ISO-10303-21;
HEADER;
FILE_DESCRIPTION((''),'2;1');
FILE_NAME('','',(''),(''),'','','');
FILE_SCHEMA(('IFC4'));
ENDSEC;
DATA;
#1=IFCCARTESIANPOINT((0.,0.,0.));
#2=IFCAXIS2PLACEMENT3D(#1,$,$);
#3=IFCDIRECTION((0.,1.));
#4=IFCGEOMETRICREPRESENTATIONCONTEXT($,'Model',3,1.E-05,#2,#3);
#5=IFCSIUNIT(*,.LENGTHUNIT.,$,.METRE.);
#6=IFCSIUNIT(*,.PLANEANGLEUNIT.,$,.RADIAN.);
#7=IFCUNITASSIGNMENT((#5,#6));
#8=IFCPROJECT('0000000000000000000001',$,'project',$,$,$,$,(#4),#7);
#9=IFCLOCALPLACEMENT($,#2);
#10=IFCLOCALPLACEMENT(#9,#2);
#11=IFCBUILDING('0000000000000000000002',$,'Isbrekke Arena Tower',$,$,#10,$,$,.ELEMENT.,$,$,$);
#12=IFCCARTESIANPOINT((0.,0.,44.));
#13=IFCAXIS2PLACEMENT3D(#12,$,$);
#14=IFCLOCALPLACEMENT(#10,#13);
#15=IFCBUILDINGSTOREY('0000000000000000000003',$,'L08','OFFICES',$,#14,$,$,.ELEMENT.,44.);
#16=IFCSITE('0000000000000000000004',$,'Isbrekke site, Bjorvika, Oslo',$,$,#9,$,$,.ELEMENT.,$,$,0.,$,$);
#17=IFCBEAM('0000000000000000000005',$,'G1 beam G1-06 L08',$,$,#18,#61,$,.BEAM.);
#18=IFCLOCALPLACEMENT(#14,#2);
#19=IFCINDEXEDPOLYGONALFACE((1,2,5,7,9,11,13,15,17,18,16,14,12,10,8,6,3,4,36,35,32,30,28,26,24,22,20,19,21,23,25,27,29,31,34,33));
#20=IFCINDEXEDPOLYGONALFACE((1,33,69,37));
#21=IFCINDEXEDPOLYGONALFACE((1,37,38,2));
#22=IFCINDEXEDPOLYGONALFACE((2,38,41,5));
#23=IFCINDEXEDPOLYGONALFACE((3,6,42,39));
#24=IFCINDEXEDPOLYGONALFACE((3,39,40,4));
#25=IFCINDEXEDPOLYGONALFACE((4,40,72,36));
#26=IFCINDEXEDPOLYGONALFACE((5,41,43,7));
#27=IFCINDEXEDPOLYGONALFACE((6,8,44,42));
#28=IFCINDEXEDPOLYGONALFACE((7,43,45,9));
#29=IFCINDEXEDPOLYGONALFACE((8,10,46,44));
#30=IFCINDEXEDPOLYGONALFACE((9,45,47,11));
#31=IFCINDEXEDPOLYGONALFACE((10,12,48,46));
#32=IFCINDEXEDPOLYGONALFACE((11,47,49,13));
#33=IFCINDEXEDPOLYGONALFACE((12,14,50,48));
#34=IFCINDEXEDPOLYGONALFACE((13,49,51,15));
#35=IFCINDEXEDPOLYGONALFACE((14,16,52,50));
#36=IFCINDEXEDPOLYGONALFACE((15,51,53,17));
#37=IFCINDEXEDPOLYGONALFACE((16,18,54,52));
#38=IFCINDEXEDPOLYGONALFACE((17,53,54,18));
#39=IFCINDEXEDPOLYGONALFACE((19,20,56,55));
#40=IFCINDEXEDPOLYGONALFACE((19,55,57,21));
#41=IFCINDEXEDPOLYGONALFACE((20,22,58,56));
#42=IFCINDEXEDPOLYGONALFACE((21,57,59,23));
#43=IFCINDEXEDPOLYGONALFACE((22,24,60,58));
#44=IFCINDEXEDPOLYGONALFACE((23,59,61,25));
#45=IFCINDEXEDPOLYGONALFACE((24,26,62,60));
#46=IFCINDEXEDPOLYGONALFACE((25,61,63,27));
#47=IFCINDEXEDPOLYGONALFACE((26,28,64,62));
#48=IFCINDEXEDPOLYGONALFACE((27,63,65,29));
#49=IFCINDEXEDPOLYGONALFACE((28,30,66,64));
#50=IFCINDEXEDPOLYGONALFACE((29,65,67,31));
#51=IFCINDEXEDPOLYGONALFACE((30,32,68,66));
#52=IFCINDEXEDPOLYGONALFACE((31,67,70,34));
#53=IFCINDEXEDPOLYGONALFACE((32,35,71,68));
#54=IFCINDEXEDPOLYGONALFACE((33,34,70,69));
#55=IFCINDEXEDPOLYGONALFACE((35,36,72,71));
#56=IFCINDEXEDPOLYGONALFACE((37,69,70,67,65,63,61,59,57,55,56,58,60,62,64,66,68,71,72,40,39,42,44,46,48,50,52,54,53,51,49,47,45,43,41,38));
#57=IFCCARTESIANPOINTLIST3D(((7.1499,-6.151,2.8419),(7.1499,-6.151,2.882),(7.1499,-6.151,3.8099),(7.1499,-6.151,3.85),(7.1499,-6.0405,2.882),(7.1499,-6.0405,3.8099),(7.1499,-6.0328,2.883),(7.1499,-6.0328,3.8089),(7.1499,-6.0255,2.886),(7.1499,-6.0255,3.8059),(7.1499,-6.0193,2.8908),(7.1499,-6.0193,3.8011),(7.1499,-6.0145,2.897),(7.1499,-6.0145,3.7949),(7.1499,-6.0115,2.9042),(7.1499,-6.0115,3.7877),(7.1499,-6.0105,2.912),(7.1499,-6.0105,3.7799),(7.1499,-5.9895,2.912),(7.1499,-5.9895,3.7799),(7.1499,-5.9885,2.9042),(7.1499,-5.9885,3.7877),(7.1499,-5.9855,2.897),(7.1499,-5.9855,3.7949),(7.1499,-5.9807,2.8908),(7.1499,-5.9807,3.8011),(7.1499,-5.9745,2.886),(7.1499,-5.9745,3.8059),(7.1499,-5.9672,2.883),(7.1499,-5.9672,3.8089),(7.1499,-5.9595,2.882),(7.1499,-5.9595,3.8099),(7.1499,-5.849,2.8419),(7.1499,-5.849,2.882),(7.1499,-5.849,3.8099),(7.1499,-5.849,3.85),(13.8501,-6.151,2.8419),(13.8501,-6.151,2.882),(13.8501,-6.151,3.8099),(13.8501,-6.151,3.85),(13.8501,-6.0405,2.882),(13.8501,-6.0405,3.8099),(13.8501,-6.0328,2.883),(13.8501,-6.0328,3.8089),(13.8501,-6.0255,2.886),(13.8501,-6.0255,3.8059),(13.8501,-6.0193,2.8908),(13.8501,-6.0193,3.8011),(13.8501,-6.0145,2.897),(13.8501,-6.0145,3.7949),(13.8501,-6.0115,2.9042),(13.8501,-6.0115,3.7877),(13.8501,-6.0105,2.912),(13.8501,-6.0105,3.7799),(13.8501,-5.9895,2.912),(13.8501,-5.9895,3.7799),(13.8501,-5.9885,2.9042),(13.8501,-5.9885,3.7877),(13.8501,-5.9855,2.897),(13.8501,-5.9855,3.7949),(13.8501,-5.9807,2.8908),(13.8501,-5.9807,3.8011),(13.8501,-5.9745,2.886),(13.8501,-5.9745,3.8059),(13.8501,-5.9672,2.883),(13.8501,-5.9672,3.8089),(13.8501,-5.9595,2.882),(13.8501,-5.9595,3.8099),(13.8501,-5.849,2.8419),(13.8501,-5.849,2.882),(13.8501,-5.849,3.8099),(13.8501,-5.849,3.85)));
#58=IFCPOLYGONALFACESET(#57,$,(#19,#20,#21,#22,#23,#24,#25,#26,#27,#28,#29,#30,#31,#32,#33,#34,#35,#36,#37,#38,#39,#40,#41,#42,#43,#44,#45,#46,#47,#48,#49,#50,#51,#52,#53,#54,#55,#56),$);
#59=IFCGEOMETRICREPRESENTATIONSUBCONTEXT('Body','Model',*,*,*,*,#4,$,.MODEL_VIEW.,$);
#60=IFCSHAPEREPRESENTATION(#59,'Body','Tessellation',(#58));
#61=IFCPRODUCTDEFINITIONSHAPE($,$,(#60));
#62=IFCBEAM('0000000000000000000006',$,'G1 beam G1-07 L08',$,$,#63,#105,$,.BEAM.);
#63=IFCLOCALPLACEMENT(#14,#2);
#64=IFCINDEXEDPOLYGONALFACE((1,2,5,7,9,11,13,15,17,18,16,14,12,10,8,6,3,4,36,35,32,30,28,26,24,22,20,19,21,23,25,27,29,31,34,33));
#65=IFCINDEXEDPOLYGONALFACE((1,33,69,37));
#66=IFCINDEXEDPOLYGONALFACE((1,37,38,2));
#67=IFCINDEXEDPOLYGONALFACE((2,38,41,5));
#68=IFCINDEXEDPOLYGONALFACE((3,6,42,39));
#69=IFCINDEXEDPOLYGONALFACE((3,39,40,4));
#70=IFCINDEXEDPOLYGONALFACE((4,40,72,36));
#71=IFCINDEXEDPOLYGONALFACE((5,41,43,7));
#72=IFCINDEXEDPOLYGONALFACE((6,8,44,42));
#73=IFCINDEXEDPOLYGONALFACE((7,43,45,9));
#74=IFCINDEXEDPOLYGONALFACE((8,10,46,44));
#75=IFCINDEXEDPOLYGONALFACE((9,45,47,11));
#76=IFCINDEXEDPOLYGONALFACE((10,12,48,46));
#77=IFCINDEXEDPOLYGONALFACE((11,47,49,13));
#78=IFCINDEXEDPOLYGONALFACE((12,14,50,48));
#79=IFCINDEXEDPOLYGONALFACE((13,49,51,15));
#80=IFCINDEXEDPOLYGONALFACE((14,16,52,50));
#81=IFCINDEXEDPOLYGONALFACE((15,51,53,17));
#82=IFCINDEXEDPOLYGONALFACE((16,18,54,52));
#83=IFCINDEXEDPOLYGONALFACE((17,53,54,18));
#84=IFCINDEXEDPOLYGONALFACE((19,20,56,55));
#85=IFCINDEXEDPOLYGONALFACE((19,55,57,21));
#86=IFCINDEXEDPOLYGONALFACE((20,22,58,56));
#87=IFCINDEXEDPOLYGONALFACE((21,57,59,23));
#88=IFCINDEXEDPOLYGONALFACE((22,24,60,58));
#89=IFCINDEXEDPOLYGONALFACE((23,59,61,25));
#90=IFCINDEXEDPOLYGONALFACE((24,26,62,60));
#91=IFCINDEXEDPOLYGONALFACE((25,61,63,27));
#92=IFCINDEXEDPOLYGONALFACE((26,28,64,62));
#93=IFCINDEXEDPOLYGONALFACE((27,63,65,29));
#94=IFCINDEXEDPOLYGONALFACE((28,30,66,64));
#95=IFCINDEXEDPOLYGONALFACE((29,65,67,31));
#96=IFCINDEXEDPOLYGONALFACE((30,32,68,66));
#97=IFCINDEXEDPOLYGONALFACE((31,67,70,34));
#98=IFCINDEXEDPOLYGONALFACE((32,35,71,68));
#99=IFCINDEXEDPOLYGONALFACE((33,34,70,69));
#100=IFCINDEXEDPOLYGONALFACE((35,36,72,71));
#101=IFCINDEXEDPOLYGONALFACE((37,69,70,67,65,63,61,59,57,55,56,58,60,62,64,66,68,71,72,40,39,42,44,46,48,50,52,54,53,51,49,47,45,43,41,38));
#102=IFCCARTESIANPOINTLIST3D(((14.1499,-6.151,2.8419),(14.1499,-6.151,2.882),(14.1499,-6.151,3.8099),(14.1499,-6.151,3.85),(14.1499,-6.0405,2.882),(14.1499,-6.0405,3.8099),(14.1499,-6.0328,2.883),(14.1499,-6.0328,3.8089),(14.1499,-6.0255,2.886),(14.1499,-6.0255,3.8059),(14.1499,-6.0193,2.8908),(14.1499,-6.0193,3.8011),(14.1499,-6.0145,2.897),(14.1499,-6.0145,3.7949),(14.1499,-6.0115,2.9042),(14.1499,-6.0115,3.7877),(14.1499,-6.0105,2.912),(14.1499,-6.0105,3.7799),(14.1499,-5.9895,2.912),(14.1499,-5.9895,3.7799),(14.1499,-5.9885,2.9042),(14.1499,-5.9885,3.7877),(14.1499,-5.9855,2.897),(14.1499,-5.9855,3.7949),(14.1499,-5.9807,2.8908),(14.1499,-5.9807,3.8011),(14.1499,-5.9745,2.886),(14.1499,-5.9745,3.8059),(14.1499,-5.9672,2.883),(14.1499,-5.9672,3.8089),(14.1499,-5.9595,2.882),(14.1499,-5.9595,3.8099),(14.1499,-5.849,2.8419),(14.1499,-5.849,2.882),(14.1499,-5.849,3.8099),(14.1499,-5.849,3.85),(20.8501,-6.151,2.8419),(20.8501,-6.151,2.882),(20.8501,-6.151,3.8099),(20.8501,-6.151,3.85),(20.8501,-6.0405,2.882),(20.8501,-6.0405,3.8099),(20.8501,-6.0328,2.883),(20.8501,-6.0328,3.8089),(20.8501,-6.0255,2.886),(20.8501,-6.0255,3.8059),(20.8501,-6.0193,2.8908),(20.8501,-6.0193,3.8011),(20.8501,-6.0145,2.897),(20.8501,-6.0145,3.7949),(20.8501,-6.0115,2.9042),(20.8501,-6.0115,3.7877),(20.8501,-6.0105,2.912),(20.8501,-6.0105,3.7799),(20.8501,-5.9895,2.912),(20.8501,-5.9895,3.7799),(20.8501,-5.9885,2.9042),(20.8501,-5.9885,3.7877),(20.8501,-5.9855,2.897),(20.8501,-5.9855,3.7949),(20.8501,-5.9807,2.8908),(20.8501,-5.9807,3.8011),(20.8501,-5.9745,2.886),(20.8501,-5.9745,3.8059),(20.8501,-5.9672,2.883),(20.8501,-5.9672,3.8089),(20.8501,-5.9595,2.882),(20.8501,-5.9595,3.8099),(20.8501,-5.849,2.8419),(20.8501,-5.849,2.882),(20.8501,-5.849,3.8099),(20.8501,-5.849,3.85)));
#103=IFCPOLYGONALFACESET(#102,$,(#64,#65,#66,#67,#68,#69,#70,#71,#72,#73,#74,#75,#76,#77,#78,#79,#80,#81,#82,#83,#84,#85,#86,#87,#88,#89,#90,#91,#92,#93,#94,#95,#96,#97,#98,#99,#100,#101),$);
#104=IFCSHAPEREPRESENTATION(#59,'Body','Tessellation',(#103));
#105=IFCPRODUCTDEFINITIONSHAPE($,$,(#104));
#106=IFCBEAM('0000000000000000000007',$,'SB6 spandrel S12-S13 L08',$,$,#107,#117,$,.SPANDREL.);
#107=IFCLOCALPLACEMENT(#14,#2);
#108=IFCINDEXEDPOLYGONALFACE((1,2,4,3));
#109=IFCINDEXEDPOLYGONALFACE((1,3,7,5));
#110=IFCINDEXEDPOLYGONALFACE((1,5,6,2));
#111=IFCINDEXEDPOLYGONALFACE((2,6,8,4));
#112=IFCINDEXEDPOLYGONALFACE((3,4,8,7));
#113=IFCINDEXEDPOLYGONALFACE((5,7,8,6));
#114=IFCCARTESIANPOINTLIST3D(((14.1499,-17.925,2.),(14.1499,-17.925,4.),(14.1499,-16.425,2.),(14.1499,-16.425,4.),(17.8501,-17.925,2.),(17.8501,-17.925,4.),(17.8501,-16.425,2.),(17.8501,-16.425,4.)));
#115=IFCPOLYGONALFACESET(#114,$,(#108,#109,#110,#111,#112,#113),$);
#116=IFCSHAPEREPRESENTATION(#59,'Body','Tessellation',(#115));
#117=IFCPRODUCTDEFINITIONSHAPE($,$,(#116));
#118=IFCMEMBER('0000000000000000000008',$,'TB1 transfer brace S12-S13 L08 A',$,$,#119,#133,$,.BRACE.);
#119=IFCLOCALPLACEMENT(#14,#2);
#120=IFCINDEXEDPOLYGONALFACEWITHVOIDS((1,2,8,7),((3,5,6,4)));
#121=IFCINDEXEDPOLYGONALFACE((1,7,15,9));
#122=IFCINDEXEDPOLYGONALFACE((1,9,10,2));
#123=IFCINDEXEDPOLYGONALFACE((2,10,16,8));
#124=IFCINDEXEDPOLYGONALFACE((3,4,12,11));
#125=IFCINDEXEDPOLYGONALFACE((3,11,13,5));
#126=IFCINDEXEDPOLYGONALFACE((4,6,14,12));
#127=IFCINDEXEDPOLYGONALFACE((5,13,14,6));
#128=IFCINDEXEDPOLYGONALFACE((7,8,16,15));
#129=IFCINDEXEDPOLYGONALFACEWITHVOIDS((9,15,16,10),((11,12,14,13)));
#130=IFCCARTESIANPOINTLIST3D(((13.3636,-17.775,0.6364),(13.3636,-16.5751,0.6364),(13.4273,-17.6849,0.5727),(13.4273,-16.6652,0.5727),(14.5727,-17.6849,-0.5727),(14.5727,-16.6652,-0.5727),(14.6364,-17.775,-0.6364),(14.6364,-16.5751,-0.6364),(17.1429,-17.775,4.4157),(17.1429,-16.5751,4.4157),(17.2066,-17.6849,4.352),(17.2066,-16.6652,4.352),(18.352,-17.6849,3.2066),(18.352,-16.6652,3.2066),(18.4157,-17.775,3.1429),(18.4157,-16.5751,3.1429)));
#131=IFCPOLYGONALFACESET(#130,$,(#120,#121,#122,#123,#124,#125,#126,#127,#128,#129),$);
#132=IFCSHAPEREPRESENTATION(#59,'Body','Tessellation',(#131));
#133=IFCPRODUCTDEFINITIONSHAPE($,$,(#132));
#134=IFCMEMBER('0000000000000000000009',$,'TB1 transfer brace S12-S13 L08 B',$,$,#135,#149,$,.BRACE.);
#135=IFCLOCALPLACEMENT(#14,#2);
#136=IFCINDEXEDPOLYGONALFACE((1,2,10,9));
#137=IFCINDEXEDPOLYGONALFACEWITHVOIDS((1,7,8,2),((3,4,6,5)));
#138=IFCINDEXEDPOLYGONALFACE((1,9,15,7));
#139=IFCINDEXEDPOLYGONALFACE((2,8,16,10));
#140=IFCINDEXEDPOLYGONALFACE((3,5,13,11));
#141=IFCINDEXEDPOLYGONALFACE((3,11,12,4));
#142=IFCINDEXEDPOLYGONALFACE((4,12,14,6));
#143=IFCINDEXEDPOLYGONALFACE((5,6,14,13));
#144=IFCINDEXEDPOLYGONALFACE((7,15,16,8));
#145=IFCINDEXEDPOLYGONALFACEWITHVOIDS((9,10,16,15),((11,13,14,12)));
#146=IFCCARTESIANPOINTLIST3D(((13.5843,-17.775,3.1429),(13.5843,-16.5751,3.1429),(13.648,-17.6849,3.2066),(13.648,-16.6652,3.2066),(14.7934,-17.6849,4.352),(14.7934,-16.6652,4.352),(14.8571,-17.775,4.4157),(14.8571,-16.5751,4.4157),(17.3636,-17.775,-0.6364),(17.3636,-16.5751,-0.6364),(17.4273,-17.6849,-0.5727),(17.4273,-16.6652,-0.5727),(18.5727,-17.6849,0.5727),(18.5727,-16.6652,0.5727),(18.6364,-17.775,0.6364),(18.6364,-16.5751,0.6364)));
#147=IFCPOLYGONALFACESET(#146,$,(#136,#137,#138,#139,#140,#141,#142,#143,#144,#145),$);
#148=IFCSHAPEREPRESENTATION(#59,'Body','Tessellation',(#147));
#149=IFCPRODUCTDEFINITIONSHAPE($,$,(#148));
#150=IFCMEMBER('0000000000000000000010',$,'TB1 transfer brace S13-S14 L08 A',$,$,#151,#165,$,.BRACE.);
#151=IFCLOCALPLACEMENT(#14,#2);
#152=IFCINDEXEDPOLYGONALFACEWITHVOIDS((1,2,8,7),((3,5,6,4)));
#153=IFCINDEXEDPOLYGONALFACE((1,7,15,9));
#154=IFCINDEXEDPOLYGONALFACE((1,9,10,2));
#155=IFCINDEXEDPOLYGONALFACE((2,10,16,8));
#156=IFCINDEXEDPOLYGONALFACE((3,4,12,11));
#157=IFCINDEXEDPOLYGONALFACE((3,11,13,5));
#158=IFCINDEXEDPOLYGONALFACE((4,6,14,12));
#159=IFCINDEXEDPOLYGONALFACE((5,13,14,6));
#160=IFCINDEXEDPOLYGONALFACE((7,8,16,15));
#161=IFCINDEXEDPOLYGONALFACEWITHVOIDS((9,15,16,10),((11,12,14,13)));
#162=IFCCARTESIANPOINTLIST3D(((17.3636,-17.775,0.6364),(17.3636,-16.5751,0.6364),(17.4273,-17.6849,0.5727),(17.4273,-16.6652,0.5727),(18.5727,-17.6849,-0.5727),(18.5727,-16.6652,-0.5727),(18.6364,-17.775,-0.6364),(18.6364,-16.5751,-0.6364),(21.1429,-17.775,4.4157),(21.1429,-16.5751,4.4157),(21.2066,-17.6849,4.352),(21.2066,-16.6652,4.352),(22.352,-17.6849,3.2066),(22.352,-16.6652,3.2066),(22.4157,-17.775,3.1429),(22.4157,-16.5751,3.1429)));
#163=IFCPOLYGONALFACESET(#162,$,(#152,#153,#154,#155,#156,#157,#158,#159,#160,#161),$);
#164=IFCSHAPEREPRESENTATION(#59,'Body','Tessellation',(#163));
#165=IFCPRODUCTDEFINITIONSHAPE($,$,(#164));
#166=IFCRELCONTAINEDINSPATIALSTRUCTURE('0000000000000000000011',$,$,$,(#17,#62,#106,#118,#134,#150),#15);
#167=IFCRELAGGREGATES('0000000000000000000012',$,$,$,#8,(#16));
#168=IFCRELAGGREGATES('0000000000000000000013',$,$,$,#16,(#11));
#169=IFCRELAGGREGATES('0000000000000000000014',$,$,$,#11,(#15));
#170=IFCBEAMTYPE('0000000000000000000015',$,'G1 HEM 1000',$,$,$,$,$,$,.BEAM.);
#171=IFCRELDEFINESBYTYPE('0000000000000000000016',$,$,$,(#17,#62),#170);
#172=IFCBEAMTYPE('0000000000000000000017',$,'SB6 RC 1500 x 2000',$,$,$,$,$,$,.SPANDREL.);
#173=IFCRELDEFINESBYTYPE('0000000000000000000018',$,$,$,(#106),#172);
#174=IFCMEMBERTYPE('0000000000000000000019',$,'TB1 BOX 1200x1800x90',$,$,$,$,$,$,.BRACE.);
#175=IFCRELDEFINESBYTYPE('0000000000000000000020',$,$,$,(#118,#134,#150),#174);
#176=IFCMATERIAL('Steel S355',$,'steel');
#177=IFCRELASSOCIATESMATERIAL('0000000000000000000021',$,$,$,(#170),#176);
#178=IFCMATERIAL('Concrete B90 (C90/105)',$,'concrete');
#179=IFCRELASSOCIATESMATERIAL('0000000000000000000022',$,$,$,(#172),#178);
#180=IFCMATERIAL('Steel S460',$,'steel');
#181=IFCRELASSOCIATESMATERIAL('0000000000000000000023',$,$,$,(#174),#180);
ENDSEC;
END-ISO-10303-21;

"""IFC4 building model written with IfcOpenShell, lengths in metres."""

from ifc_helpers import new_model, si_unit, direction, frame, origin, origin_2d, place, context, subcontext, project, spatial, rectangle, hollow_rectangle, i_section, extrude, material, material_profile, profile_set, type_object, element, save


model = new_model("IFC4")

# Units and contexts
model_context = context("Model", 3, precision=1e-05, world=origin(), true_north=direction((0.0, 1.0)))
body_context = subcontext(model_context, "Body", "Model", "MODEL_VIEW")
ifc_project = project(units=[si_unit("LENGTHUNIT", "METRE"), si_unit("PLANEANGLEUNIT", "RADIAN")], contexts=[model_context])

# Site, building, storey
site_placement = place(None, origin())
site = spatial("IfcSite", under=ifc_project, at=site_placement, Name="Isbrekke site, Bjorvika, Oslo", CompositionType="ELEMENT", RefElevation=0.0)
building_placement = place(site_placement, origin())
building = spatial("IfcBuilding", under=site, at=building_placement, Name="Isbrekke Arena Tower", CompositionType="ELEMENT")
storey_placement = place(building_placement, frame((0.0, 0.0, 44.0)))
storey = spatial("IfcBuildingStorey", under=building, at=storey_placement, Name="L08", Description="OFFICES", CompositionType="ELEMENT", Elevation=44.0)

# Beams
ifc_material_1 = material(Name="Steel S355", Category="steel")
ifc_material_profile_1 = material_profile(ifc_material_1, i_section(OverallWidth=0.302, OverallDepth=1.0081, WebThickness=0.021, FlangeThickness=0.04, FilletRadius=0.03, at=origin_2d()), Name="HEM 1000")
ifc_profile_set_1 = profile_set([ifc_material_profile_1], Name="Steel S355")
beam_type_1 = type_object("IfcBeamType", Name="G1 HEM 1000", PredefinedType="BEAM", material=ifc_profile_set_1)
for number, where, z_axis, x_axis, name in (
    (1, (7.1499, -6.0, 3.3459), (1.0, 0.0, 0.0), (0.0, 1.0, 0.0), "G1 beam G1-06 L08"),
    (2, (14.1499, -6.0, 3.3459), (1.0, 0.0, 0.0), (0.0, 1.0, 0.0), "G1 beam G1-07 L08"),
):
    element("IfcBeam", number, at=place(storey_placement, frame(where, z_axis=z_axis, x_axis=x_axis)), inside=storey, type_object=beam_type_1, Name=name, PredefinedType="BEAM", context=body_context, shape_type="SweptSolid", body=[
        extrude(i_section(OverallWidth=0.302, OverallDepth=1.0081, WebThickness=0.021, FlangeThickness=0.04, FilletRadius=0.03, at=origin_2d()), origin(), (0.0, 0.0, 1.0), 6.7002),
    ])
ifc_material_2 = material(Name="Concrete B90 (C90/105)", Category="concrete")
ifc_material_profile_2 = material_profile(ifc_material_2, rectangle(XDim=1.5, YDim=2.0, at=origin_2d()), Name="RC 1500x2000")
ifc_profile_set_2 = profile_set([ifc_material_profile_2], Name="Concrete B90 (C90/105)")
beam_type_2 = type_object("IfcBeamType", Name="SB6 RC 1500 x 2000", PredefinedType="SPANDREL", material=ifc_profile_set_2)
beam_1_placement = place(storey_placement, frame((14.1499, -17.175, 3.0), z_axis=(1.0, 0.0, 0.0), x_axis=(0.0, 1.0, 0.0)))
element("IfcBeam", 3, at=beam_1_placement, inside=storey, type_object=beam_type_2, Name="SB6 spandrel S12-S13 L08", PredefinedType="SPANDREL", context=body_context, shape_type="SweptSolid", body=[
    extrude(rectangle(XDim=1.5, YDim=2.0, at=origin_2d()), origin(), (0.0, 0.0, 1.0), 3.7002),
])

# Members
ifc_material_3 = material(Name="Steel S460", Category="steel")
ifc_material_profile_3 = material_profile(ifc_material_3, hollow_rectangle(XDim=1.2, YDim=1.8, WallThickness=0.0901, at=origin_2d()), Name="BOX 1200x1800x90")
ifc_profile_set_3 = profile_set([ifc_material_profile_3], Name="Steel S460")
member_type = type_object("IfcMemberType", Name="TB1 BOX 1200x1800x90", PredefinedType="BRACE", material=ifc_profile_set_3)
for number, where, z_axis, x_axis, name in (
    (4, (14.0, -17.175, 0.0), (0.707107, 0.0, 0.707107), (0.0, 1.0, 0.0), "TB1 transfer brace S12-S13 L08 A"),
    (5, (14.2207, -17.175, 3.7793), (0.707107, 0.0, -0.707107), (0.0, 1.0, 0.0), "TB1 transfer brace S12-S13 L08 B"),
    (6, (18.0, -17.175, 0.0), (0.707107, 0.0, 0.707107), (0.0, 1.0, 0.0), "TB1 transfer brace S13-S14 L08 A"),
):
    element("IfcMember", number, at=place(storey_placement, frame(where, z_axis=z_axis, x_axis=x_axis)), inside=storey, type_object=member_type, Name=name, PredefinedType="BRACE", context=body_context, shape_type="SweptSolid", body=[
        extrude(hollow_rectangle(XDim=1.2, YDim=1.8, WallThickness=0.0901, at=origin_2d()), origin(), (0.0, 0.0, 1.0), 5.3447),
    ])

save(model, "model.ifc")
